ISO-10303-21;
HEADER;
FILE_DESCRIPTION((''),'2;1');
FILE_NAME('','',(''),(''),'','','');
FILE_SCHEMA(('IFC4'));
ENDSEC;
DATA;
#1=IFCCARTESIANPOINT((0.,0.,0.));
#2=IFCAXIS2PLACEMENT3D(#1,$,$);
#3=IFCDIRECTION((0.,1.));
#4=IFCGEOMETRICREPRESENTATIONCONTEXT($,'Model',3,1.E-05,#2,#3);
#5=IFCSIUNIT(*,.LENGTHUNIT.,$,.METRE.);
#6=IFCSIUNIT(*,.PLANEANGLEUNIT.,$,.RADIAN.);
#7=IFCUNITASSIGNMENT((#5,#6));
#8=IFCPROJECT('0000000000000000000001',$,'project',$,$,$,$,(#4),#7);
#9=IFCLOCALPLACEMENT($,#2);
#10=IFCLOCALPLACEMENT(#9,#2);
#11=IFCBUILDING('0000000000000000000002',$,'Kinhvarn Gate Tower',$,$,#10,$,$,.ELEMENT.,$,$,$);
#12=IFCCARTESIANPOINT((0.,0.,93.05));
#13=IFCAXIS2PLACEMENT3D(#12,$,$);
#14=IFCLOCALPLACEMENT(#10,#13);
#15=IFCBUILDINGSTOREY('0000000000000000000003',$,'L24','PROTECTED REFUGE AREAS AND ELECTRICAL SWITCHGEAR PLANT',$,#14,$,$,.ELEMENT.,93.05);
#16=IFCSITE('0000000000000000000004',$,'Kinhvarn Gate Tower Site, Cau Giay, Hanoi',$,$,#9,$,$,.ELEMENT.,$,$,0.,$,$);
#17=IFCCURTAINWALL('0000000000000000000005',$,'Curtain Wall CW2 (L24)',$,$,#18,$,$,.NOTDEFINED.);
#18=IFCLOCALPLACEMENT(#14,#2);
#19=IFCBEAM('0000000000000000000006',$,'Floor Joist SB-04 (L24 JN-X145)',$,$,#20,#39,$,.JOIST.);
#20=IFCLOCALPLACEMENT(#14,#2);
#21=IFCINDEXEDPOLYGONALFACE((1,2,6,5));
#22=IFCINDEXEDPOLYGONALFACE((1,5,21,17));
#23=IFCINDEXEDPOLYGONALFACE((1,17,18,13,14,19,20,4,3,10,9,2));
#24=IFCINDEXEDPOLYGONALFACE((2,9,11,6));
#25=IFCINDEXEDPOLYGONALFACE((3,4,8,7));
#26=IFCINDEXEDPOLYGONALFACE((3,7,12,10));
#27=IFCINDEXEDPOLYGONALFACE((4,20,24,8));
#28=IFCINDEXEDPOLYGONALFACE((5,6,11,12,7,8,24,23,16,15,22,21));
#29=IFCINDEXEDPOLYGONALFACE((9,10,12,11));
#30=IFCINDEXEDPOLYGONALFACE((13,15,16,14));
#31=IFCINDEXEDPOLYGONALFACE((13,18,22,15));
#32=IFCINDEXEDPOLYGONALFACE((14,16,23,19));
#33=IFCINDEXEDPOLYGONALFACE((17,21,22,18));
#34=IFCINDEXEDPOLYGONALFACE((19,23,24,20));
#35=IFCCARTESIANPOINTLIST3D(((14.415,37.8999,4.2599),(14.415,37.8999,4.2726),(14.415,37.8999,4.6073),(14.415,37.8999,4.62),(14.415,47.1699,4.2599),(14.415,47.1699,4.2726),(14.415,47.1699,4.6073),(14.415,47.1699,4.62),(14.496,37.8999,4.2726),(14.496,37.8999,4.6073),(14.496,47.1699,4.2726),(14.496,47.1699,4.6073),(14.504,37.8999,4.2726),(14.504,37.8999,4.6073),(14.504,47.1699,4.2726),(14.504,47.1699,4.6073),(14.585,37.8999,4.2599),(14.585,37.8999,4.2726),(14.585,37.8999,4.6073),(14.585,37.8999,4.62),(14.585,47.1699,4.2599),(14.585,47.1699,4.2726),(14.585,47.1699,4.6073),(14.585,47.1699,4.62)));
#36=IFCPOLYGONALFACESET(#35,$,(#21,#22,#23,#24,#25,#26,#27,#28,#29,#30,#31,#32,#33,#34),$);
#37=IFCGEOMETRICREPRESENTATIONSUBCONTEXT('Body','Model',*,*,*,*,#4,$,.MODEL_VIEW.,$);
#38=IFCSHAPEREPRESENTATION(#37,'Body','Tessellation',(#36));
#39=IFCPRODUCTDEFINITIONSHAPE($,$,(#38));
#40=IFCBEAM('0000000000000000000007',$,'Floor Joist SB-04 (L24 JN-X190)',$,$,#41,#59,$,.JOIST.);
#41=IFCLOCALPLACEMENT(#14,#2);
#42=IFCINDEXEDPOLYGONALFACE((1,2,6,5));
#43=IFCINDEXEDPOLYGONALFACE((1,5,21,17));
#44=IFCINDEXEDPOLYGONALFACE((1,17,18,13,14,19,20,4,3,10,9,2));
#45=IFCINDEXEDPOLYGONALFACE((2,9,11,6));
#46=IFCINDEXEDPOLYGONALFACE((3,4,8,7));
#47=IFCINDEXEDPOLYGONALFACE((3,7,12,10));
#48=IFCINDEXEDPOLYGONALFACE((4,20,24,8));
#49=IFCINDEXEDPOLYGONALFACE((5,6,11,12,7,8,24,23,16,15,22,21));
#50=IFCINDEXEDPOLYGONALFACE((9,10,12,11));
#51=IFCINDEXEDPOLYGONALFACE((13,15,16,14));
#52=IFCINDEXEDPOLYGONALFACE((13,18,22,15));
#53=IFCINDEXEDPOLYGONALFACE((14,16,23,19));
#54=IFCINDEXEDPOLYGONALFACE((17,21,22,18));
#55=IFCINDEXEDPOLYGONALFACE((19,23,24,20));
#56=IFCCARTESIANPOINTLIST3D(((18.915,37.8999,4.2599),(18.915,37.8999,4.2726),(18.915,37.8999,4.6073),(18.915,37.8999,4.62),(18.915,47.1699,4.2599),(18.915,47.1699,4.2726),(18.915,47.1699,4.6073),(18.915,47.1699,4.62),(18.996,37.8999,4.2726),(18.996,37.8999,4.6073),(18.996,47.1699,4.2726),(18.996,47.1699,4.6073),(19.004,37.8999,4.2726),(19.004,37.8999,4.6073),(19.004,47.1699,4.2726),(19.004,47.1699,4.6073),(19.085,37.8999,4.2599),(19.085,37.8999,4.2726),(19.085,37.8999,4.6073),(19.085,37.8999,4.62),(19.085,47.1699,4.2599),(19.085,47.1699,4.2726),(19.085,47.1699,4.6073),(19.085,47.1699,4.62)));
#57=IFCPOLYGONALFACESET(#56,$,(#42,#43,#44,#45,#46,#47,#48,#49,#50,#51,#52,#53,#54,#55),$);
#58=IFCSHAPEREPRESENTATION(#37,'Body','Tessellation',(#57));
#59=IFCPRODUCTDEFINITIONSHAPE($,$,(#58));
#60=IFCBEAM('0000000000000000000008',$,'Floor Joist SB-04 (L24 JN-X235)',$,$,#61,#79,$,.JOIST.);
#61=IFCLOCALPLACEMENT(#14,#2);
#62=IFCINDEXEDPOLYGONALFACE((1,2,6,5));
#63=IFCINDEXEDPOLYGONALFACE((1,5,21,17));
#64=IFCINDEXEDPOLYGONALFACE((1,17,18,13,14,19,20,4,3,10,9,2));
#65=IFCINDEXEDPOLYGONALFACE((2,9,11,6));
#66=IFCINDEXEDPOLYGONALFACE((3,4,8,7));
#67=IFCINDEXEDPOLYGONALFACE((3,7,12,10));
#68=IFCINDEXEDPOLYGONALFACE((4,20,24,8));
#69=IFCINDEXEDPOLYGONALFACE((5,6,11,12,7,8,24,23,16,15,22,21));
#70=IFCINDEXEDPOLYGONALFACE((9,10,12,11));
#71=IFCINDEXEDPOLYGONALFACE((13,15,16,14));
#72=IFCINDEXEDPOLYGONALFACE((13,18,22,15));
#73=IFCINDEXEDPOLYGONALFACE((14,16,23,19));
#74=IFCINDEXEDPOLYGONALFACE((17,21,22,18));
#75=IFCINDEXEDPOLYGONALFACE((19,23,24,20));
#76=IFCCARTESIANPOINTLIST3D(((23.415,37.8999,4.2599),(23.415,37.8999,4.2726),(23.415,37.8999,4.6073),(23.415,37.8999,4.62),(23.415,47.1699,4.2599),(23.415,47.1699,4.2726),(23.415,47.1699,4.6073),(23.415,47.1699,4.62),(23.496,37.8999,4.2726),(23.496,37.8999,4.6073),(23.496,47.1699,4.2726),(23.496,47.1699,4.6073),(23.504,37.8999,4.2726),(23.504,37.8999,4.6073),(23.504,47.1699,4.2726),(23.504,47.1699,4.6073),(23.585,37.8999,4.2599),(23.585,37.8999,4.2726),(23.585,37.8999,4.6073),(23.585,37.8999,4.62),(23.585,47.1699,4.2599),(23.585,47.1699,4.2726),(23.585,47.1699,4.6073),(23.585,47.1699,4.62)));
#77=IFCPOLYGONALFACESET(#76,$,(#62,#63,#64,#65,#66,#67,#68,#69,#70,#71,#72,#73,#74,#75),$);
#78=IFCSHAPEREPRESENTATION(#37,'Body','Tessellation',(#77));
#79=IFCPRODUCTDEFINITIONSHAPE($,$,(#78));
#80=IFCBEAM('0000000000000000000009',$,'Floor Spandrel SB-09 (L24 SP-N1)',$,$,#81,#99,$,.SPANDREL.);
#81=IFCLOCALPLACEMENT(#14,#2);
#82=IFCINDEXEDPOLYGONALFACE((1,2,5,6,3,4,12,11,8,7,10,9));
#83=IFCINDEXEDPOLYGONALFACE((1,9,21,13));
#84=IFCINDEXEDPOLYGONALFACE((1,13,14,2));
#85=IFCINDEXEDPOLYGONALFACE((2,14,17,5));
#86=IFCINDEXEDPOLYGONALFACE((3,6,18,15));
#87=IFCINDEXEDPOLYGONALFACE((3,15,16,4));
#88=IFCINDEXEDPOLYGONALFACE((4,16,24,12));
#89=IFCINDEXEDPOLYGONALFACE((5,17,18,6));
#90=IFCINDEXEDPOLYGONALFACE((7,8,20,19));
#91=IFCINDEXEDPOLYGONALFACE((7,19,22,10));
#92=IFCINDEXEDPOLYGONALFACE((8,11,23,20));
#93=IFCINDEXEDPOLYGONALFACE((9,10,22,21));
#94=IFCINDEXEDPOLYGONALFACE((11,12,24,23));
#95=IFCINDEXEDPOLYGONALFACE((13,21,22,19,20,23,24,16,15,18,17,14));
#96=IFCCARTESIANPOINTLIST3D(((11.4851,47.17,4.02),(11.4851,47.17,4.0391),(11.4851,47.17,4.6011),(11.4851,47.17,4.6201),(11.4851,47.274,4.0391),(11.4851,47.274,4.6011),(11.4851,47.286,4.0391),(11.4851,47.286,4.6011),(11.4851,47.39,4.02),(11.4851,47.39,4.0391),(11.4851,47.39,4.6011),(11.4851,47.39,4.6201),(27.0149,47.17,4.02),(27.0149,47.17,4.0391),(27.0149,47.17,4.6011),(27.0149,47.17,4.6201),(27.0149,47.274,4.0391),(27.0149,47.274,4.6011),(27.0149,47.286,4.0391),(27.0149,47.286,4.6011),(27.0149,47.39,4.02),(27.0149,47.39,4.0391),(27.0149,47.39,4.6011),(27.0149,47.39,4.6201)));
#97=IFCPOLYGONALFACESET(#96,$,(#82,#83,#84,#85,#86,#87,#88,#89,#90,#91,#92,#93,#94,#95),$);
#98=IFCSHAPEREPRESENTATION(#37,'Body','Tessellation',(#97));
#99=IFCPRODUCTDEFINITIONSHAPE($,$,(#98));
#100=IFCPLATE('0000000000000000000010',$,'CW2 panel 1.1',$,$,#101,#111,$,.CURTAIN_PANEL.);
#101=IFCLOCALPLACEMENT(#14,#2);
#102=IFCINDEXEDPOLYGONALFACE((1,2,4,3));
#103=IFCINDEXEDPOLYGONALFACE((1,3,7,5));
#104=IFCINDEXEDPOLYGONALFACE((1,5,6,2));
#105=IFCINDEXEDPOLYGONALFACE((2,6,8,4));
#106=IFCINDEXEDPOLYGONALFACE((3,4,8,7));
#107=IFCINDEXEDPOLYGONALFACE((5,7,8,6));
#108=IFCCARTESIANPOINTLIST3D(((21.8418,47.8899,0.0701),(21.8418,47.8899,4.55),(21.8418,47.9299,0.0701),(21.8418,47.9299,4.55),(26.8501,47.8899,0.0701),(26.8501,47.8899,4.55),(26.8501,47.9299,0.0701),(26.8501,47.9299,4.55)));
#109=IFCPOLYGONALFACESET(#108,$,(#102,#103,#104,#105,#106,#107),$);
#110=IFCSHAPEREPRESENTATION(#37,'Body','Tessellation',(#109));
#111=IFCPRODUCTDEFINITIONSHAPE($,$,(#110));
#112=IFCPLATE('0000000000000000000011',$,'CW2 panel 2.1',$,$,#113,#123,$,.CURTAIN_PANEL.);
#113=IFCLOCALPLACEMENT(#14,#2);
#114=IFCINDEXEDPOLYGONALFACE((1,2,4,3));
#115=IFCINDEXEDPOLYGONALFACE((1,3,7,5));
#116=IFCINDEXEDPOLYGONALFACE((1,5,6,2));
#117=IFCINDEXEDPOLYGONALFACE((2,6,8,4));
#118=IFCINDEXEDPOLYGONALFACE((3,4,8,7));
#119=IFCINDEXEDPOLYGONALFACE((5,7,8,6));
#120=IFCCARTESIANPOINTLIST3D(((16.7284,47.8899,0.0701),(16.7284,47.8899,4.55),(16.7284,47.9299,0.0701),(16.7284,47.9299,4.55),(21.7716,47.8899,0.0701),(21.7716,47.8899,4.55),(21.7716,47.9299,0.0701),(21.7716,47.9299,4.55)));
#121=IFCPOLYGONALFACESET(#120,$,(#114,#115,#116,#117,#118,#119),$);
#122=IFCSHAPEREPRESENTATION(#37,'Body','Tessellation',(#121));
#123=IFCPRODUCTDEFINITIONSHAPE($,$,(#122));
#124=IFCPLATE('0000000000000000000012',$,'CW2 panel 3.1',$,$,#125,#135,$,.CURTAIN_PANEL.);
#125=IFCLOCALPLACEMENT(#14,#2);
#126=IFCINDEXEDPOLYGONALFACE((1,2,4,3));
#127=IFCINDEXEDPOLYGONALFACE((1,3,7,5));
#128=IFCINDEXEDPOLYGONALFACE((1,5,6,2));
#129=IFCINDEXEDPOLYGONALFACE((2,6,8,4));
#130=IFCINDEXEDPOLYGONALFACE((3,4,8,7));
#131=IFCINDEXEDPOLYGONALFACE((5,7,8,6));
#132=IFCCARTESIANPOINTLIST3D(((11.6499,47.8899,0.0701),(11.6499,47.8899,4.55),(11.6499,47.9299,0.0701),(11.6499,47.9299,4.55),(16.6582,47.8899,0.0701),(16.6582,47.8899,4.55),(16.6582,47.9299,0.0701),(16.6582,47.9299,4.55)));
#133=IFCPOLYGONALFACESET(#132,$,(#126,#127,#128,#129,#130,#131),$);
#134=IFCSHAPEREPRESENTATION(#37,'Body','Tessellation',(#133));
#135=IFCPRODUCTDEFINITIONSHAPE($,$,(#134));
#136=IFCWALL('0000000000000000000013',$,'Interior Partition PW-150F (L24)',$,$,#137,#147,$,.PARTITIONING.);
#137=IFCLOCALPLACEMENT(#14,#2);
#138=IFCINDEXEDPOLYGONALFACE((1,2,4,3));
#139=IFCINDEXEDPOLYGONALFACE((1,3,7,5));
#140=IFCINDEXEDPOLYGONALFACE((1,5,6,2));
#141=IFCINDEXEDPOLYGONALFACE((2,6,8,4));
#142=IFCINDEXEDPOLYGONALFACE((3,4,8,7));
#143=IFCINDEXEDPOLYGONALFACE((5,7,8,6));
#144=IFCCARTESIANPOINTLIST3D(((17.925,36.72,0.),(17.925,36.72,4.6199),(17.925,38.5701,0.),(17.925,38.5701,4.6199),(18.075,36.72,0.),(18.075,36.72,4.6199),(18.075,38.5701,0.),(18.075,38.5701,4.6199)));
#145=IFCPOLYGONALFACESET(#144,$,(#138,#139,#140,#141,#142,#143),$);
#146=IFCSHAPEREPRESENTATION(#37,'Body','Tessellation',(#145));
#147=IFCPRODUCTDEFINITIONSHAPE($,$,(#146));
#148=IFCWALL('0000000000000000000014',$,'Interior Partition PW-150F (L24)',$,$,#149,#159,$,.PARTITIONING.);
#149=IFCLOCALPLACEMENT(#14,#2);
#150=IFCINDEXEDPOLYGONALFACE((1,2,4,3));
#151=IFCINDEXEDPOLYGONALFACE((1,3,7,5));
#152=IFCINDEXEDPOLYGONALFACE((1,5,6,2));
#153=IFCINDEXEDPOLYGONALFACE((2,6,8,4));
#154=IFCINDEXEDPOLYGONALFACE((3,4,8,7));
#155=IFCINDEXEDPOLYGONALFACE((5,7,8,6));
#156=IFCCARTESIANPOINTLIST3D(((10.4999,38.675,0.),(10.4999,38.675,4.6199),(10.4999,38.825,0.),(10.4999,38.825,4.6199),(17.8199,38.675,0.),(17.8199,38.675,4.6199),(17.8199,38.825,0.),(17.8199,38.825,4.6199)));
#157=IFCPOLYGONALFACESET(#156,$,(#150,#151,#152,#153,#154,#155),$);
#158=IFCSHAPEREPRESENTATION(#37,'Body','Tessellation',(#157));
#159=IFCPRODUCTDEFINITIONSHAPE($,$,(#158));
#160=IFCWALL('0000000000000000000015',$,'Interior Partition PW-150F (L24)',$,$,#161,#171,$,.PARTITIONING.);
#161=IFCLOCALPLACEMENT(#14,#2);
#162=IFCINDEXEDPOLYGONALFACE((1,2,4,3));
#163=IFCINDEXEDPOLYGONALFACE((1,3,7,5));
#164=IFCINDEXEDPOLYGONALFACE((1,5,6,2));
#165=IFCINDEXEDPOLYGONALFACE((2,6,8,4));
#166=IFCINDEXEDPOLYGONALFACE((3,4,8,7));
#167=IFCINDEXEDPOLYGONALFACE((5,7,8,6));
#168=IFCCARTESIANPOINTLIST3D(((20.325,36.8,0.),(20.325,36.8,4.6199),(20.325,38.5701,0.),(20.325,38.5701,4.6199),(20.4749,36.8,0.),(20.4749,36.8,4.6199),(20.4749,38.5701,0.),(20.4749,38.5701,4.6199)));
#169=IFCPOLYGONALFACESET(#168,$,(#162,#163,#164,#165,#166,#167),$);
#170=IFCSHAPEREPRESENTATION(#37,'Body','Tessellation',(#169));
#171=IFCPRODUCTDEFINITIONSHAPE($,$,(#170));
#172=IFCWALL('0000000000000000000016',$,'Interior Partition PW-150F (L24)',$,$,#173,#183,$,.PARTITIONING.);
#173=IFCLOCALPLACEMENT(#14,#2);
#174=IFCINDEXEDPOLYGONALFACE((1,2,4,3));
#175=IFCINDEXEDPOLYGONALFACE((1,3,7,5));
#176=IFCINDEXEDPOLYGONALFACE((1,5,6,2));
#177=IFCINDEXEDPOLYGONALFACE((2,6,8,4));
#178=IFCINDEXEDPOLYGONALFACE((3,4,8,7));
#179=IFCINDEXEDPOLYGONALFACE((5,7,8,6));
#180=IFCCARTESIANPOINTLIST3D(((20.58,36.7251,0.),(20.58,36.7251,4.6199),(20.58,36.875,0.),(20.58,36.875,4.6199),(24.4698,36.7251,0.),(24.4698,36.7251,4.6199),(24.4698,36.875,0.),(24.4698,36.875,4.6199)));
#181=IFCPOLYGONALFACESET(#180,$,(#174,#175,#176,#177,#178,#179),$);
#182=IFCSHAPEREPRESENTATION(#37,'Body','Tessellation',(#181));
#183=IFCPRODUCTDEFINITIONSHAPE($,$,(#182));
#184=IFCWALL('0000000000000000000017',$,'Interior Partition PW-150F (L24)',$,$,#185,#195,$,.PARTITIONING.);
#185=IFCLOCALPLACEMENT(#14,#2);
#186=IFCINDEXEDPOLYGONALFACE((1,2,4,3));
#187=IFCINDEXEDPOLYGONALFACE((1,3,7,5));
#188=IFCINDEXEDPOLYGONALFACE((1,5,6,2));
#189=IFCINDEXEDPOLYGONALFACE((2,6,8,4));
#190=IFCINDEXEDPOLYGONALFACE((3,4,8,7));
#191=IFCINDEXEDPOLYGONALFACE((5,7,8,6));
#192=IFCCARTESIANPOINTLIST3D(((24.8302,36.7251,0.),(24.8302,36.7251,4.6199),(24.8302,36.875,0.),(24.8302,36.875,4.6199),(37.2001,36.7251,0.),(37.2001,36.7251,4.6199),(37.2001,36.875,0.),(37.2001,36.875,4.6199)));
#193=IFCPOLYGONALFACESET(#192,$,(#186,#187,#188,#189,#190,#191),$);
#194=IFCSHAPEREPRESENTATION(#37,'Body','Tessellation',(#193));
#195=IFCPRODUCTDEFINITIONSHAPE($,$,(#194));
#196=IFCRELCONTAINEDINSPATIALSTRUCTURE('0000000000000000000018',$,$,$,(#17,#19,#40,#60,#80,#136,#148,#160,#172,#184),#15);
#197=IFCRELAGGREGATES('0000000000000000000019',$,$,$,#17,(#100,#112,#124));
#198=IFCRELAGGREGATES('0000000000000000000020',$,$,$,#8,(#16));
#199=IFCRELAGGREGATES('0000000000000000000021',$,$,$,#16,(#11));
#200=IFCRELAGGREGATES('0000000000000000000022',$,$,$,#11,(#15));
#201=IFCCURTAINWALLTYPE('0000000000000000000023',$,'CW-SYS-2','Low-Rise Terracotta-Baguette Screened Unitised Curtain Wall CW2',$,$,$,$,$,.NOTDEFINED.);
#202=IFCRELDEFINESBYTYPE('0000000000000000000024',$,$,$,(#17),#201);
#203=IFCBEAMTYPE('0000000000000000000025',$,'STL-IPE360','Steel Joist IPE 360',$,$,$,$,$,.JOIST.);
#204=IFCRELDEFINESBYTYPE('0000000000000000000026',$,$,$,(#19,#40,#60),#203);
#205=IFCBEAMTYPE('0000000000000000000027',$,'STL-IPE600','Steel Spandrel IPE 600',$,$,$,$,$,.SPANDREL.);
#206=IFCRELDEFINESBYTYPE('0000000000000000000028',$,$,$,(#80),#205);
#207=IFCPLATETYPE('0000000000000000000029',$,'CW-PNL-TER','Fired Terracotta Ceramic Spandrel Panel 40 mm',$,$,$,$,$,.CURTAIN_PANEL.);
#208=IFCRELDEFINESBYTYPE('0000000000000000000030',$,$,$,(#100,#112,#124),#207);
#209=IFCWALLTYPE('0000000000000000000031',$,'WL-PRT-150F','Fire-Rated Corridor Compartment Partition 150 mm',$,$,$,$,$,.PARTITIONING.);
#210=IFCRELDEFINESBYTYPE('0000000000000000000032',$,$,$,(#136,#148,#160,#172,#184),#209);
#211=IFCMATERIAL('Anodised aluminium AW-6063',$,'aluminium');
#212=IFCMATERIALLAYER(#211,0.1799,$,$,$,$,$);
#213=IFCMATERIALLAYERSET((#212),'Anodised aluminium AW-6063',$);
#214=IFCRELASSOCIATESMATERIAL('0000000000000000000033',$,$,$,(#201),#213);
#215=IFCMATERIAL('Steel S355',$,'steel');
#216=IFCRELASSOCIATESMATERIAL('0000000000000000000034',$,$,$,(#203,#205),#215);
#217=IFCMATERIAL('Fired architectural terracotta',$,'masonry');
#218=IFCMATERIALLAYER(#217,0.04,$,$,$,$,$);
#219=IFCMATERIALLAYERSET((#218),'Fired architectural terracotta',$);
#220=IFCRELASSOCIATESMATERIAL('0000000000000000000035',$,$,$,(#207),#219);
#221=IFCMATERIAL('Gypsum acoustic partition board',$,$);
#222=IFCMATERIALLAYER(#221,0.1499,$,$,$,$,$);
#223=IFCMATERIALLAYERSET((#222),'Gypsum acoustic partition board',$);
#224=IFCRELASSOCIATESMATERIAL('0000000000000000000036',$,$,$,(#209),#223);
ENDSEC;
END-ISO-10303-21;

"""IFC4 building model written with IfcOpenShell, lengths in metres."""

from ifc_helpers import new_model, si_unit, direction, frame, frame_2d, origin, origin_2d, place, context, subcontext, project, spatial, rectangle, i_section, extrude, material, layer, layer_set, material_profile, profile_set, type_object, element, aggregate, save


model = new_model("IFC4")

# Units and contexts
model_context = context("Model", 3, precision=1e-05, world=origin(), true_north=direction((0.0, 1.0)))
body_context = subcontext(model_context, "Body", "Model", "MODEL_VIEW")
ifc_project = project(units=[si_unit("LENGTHUNIT", "METRE"), si_unit("PLANEANGLEUNIT", "RADIAN")], contexts=[model_context])

# Site, building, storey
site_placement = place(None, origin())
site = spatial("IfcSite", under=ifc_project, at=site_placement, Name="Kinhvarn Gate Tower Site, Cau Giay, Hanoi", CompositionType="ELEMENT", RefElevation=0.0)
building_placement = place(site_placement, origin())
building = spatial("IfcBuilding", under=site, at=building_placement, Name="Kinhvarn Gate Tower", CompositionType="ELEMENT")
storey_placement = place(building_placement, frame((0.0, 0.0, 93.05)))
storey = spatial("IfcBuildingStorey", under=building, at=storey_placement, Name="L24", Description="PROTECTED REFUGE AREAS AND ELECTRICAL SWITCHGEAR PLANT", CompositionType="ELEMENT", Elevation=93.05)

# Curtain wall
ifc_material_1 = material(Name="Anodised aluminium AW-6063", Category="aluminium")
ifc_layer_1 = layer(ifc_material_1, 0.1799)
ifc_layer_set_1 = layer_set([ifc_layer_1], Name="Anodised aluminium AW-6063")
curtain_wall_type = type_object("IfcCurtainWallType", Name="CW-SYS-2", Description="Low-Rise Terracotta-Baguette Screened Unitised Curtain Wall CW2", PredefinedType="NOTDEFINED", material=ifc_layer_set_1)
curtain_wall_placement = place(storey_placement, origin())
curtain_wall = element("IfcCurtainWall", 1, at=curtain_wall_placement, inside=storey, type_object=curtain_wall_type, Name="Curtain Wall CW2 (L24)", PredefinedType="NOTDEFINED")

# Shared definitions
ifc_material_2 = material(Name="Steel S355", Category="steel")

# Beams
ifc_material_profile_1 = material_profile(ifc_material_2, i_section(OverallWidth=0.1699, OverallDepth=0.3601, WebThickness=0.0081, FlangeThickness=0.0127, at=origin_2d()), Name="IPE 360")
ifc_profile_set_1 = profile_set([ifc_material_profile_1], Name="Steel S355")
beam_type_1 = type_object("IfcBeamType", Name="STL-IPE360", Description="Steel Joist IPE 360", PredefinedType="JOIST", material=ifc_profile_set_1)
for number, where, z_axis, x_axis, name in (
    (2, (14.5, 37.8999, 4.4399), (0.0, 1.0, 0.0), (-1.0, 0.0, 0.0), "Floor Joist SB-04 (L24 JN-X145)"),
    (3, (19.0, 37.8999, 4.4399), (0.0, 1.0, 0.0), (-1.0, 0.0, 0.0), "Floor Joist SB-04 (L24 JN-X190)"),
    (4, (23.5, 37.8999, 4.4399), (0.0, 1.0, 0.0), (-1.0, 0.0, 0.0), "Floor Joist SB-04 (L24 JN-X235)"),
):
    element("IfcBeam", number, at=place(storey_placement, frame(where, z_axis=z_axis, x_axis=x_axis)), inside=storey, type_object=beam_type_1, Name=name, PredefinedType="JOIST", context=body_context, shape_type="SweptSolid", body=[
        extrude(i_section(OverallWidth=0.1699, OverallDepth=0.3601, WebThickness=0.0081, FlangeThickness=0.0127, at=origin_2d()), origin(), (0.0, 0.0, 1.0), 9.27),
    ])
ifc_material_profile_2 = material_profile(ifc_material_2, i_section(OverallWidth=0.22, OverallDepth=0.6001, WebThickness=0.012, FlangeThickness=0.019, at=origin_2d()), Name="IPE 600")
ifc_profile_set_2 = profile_set([ifc_material_profile_2], Name="Steel S355")
beam_type_2 = type_object("IfcBeamType", Name="STL-IPE600", Description="Steel Spandrel IPE 600", PredefinedType="SPANDREL", material=ifc_profile_set_2)
beam_placement = place(storey_placement, frame((11.4851, 47.28, 4.3201), z_axis=(1.0, 0.0, 0.0), x_axis=(0.0, 1.0, 0.0)))
element("IfcBeam", 5, at=beam_placement, inside=storey, type_object=beam_type_2, Name="Floor Spandrel SB-09 (L24 SP-N1)", PredefinedType="SPANDREL", context=body_context, shape_type="SweptSolid", body=[
    extrude(i_section(OverallWidth=0.22, OverallDepth=0.6001, WebThickness=0.012, FlangeThickness=0.019, at=origin_2d()), origin(), (0.0, 0.0, 1.0), 15.5298),
])

# Plates
ifc_material_3 = material(Name="Fired architectural terracotta", Category="masonry")
ifc_layer_2 = layer(ifc_material_3, 0.04)
ifc_layer_set_2 = layer_set([ifc_layer_2], Name="Fired architectural terracotta")
plate_type = type_object("IfcPlateType", Name="CW-PNL-TER", Description="Fired Terracotta Ceramic Spandrel Panel 40 mm", PredefinedType="CURTAIN_PANEL", material=ifc_layer_set_2)
plate_1_placement = place(storey_placement, frame((24.3459, 47.9099, 0.0701), z_axis=(0.0, 0.0, 1.0), x_axis=(-1.0, 0.0, 0.0)))
plate_1 = element("IfcPlate", 6, at=plate_1_placement, type_object=plate_type, Name="CW2 panel 1.1", PredefinedType="CURTAIN_PANEL", context=body_context, shape_type="SweptSolid", body=[
    extrude(rectangle(XDim=5.0083, YDim=0.04, at=origin_2d()), origin(), (0.0, 0.0, 1.0), 4.48),
])
plate_2_placement = place(storey_placement, frame((19.25, 47.9099, 0.0701), z_axis=(0.0, 0.0, 1.0), x_axis=(-1.0, 0.0, 0.0)))
plate_2 = element("IfcPlate", 7, at=plate_2_placement, type_object=plate_type, Name="CW2 panel 2.1", PredefinedType="CURTAIN_PANEL", context=body_context, shape_type="SweptSolid", body=[
    extrude(rectangle(XDim=5.0432, YDim=0.04, at=origin_2d()), origin(), (0.0, 0.0, 1.0), 4.48),
])
plate_3_placement = place(storey_placement, frame((14.1541, 47.9099, 0.0701), z_axis=(0.0, 0.0, 1.0), x_axis=(-1.0, 0.0, 0.0)))
plate_3 = element("IfcPlate", 8, at=plate_3_placement, type_object=plate_type, Name="CW2 panel 3.1", PredefinedType="CURTAIN_PANEL", context=body_context, shape_type="SweptSolid", body=[
    extrude(rectangle(XDim=5.0083, YDim=0.04, at=origin_2d()), origin(), (0.0, 0.0, 1.0), 4.48),
])
aggregate(curtain_wall, [plate_1, plate_2, plate_3])

# Shared definitions
ifc_material_4 = material(Name="Gypsum acoustic partition board")
ifc_layer_3 = layer(ifc_material_4, 0.1499)
ifc_layer_set_3 = layer_set([ifc_layer_3], Name="Gypsum acoustic partition board")
wall_type = type_object("IfcWallType", Name="WL-PRT-150F", Description="Fire-Rated Corridor Compartment Partition 150 mm", PredefinedType="PARTITIONING", material=ifc_layer_set_3)

# Walls
wall_1_placement = place(storey_placement, frame((18.0, 36.72, 0.0), z_axis=(0.0, 0.0, 1.0), x_axis=(0.0, 1.0, 0.0)))
element("IfcWall", 9, at=wall_1_placement, inside=storey, type_object=wall_type, Name="Interior Partition PW-150F (L24)", PredefinedType="PARTITIONING", context=body_context, shape_type="SweptSolid", body=[
    extrude(rectangle(XDim=1.8501, YDim=0.1499, at=frame_2d((0.925, 0.0))), origin(), (0.0, 0.0, 1.0), 4.6199),
])
wall_2_placement = place(storey_placement, frame((17.8201, 38.75, 0.0), z_axis=(0.0, 0.0, 1.0), x_axis=(-1.0, 0.0, 0.0)))
element("IfcWall", 10, at=wall_2_placement, inside=storey, type_object=wall_type, Name="Interior Partition PW-150F (L24)", PredefinedType="PARTITIONING", context=body_context, shape_type="SweptSolid", body=[
    extrude(rectangle(XDim=7.3201, YDim=0.1499, at=frame_2d((3.6602, 0.0))), origin(), (0.0, 0.0, 1.0), 4.6199),
])
wall_3_placement = place(storey_placement, frame((20.3999, 38.5701, 0.0), z_axis=(0.0, 0.0, 1.0), x_axis=(0.0, -1.0, 0.0)))
element("IfcWall", 11, at=wall_3_placement, inside=storey, type_object=wall_type, Name="Interior Partition PW-150F (L24)", PredefinedType="PARTITIONING", context=body_context, shape_type="SweptSolid", body=[
    extrude(rectangle(XDim=1.77, YDim=0.1499, at=frame_2d((0.885, 0.0))), origin(), (0.0, 0.0, 1.0), 4.6199),
])
wall_4_placement = place(storey_placement, frame((20.5801, 36.8, 0.0), z_axis=(0.0, 0.0, 1.0), x_axis=(1.0, 0.0, 0.0)))
element("IfcWall", 12, at=wall_4_placement, inside=storey, type_object=wall_type, Name="Interior Partition PW-150F (L24)", PredefinedType="PARTITIONING", context=body_context, shape_type="SweptSolid", body=[
    extrude(rectangle(XDim=3.8899, YDim=0.1499, at=frame_2d((1.9448, 0.0))), origin(), (0.0, 0.0, 1.0), 4.6199),
])
wall_5_placement = place(storey_placement, frame((24.8301, 36.8, 0.0), z_axis=(0.0, 0.0, 1.0), x_axis=(1.0, 0.0, 0.0)))
element("IfcWall", 13, at=wall_5_placement, inside=storey, type_object=wall_type, Name="Interior Partition PW-150F (L24)", PredefinedType="PARTITIONING", context=body_context, shape_type="SweptSolid", body=[
    extrude(rectangle(XDim=12.3699, YDim=0.1499, at=frame_2d((6.1851, 0.0))), origin(), (0.0, 0.0, 1.0), 4.6199),
])

save(model, "model.ifc")
